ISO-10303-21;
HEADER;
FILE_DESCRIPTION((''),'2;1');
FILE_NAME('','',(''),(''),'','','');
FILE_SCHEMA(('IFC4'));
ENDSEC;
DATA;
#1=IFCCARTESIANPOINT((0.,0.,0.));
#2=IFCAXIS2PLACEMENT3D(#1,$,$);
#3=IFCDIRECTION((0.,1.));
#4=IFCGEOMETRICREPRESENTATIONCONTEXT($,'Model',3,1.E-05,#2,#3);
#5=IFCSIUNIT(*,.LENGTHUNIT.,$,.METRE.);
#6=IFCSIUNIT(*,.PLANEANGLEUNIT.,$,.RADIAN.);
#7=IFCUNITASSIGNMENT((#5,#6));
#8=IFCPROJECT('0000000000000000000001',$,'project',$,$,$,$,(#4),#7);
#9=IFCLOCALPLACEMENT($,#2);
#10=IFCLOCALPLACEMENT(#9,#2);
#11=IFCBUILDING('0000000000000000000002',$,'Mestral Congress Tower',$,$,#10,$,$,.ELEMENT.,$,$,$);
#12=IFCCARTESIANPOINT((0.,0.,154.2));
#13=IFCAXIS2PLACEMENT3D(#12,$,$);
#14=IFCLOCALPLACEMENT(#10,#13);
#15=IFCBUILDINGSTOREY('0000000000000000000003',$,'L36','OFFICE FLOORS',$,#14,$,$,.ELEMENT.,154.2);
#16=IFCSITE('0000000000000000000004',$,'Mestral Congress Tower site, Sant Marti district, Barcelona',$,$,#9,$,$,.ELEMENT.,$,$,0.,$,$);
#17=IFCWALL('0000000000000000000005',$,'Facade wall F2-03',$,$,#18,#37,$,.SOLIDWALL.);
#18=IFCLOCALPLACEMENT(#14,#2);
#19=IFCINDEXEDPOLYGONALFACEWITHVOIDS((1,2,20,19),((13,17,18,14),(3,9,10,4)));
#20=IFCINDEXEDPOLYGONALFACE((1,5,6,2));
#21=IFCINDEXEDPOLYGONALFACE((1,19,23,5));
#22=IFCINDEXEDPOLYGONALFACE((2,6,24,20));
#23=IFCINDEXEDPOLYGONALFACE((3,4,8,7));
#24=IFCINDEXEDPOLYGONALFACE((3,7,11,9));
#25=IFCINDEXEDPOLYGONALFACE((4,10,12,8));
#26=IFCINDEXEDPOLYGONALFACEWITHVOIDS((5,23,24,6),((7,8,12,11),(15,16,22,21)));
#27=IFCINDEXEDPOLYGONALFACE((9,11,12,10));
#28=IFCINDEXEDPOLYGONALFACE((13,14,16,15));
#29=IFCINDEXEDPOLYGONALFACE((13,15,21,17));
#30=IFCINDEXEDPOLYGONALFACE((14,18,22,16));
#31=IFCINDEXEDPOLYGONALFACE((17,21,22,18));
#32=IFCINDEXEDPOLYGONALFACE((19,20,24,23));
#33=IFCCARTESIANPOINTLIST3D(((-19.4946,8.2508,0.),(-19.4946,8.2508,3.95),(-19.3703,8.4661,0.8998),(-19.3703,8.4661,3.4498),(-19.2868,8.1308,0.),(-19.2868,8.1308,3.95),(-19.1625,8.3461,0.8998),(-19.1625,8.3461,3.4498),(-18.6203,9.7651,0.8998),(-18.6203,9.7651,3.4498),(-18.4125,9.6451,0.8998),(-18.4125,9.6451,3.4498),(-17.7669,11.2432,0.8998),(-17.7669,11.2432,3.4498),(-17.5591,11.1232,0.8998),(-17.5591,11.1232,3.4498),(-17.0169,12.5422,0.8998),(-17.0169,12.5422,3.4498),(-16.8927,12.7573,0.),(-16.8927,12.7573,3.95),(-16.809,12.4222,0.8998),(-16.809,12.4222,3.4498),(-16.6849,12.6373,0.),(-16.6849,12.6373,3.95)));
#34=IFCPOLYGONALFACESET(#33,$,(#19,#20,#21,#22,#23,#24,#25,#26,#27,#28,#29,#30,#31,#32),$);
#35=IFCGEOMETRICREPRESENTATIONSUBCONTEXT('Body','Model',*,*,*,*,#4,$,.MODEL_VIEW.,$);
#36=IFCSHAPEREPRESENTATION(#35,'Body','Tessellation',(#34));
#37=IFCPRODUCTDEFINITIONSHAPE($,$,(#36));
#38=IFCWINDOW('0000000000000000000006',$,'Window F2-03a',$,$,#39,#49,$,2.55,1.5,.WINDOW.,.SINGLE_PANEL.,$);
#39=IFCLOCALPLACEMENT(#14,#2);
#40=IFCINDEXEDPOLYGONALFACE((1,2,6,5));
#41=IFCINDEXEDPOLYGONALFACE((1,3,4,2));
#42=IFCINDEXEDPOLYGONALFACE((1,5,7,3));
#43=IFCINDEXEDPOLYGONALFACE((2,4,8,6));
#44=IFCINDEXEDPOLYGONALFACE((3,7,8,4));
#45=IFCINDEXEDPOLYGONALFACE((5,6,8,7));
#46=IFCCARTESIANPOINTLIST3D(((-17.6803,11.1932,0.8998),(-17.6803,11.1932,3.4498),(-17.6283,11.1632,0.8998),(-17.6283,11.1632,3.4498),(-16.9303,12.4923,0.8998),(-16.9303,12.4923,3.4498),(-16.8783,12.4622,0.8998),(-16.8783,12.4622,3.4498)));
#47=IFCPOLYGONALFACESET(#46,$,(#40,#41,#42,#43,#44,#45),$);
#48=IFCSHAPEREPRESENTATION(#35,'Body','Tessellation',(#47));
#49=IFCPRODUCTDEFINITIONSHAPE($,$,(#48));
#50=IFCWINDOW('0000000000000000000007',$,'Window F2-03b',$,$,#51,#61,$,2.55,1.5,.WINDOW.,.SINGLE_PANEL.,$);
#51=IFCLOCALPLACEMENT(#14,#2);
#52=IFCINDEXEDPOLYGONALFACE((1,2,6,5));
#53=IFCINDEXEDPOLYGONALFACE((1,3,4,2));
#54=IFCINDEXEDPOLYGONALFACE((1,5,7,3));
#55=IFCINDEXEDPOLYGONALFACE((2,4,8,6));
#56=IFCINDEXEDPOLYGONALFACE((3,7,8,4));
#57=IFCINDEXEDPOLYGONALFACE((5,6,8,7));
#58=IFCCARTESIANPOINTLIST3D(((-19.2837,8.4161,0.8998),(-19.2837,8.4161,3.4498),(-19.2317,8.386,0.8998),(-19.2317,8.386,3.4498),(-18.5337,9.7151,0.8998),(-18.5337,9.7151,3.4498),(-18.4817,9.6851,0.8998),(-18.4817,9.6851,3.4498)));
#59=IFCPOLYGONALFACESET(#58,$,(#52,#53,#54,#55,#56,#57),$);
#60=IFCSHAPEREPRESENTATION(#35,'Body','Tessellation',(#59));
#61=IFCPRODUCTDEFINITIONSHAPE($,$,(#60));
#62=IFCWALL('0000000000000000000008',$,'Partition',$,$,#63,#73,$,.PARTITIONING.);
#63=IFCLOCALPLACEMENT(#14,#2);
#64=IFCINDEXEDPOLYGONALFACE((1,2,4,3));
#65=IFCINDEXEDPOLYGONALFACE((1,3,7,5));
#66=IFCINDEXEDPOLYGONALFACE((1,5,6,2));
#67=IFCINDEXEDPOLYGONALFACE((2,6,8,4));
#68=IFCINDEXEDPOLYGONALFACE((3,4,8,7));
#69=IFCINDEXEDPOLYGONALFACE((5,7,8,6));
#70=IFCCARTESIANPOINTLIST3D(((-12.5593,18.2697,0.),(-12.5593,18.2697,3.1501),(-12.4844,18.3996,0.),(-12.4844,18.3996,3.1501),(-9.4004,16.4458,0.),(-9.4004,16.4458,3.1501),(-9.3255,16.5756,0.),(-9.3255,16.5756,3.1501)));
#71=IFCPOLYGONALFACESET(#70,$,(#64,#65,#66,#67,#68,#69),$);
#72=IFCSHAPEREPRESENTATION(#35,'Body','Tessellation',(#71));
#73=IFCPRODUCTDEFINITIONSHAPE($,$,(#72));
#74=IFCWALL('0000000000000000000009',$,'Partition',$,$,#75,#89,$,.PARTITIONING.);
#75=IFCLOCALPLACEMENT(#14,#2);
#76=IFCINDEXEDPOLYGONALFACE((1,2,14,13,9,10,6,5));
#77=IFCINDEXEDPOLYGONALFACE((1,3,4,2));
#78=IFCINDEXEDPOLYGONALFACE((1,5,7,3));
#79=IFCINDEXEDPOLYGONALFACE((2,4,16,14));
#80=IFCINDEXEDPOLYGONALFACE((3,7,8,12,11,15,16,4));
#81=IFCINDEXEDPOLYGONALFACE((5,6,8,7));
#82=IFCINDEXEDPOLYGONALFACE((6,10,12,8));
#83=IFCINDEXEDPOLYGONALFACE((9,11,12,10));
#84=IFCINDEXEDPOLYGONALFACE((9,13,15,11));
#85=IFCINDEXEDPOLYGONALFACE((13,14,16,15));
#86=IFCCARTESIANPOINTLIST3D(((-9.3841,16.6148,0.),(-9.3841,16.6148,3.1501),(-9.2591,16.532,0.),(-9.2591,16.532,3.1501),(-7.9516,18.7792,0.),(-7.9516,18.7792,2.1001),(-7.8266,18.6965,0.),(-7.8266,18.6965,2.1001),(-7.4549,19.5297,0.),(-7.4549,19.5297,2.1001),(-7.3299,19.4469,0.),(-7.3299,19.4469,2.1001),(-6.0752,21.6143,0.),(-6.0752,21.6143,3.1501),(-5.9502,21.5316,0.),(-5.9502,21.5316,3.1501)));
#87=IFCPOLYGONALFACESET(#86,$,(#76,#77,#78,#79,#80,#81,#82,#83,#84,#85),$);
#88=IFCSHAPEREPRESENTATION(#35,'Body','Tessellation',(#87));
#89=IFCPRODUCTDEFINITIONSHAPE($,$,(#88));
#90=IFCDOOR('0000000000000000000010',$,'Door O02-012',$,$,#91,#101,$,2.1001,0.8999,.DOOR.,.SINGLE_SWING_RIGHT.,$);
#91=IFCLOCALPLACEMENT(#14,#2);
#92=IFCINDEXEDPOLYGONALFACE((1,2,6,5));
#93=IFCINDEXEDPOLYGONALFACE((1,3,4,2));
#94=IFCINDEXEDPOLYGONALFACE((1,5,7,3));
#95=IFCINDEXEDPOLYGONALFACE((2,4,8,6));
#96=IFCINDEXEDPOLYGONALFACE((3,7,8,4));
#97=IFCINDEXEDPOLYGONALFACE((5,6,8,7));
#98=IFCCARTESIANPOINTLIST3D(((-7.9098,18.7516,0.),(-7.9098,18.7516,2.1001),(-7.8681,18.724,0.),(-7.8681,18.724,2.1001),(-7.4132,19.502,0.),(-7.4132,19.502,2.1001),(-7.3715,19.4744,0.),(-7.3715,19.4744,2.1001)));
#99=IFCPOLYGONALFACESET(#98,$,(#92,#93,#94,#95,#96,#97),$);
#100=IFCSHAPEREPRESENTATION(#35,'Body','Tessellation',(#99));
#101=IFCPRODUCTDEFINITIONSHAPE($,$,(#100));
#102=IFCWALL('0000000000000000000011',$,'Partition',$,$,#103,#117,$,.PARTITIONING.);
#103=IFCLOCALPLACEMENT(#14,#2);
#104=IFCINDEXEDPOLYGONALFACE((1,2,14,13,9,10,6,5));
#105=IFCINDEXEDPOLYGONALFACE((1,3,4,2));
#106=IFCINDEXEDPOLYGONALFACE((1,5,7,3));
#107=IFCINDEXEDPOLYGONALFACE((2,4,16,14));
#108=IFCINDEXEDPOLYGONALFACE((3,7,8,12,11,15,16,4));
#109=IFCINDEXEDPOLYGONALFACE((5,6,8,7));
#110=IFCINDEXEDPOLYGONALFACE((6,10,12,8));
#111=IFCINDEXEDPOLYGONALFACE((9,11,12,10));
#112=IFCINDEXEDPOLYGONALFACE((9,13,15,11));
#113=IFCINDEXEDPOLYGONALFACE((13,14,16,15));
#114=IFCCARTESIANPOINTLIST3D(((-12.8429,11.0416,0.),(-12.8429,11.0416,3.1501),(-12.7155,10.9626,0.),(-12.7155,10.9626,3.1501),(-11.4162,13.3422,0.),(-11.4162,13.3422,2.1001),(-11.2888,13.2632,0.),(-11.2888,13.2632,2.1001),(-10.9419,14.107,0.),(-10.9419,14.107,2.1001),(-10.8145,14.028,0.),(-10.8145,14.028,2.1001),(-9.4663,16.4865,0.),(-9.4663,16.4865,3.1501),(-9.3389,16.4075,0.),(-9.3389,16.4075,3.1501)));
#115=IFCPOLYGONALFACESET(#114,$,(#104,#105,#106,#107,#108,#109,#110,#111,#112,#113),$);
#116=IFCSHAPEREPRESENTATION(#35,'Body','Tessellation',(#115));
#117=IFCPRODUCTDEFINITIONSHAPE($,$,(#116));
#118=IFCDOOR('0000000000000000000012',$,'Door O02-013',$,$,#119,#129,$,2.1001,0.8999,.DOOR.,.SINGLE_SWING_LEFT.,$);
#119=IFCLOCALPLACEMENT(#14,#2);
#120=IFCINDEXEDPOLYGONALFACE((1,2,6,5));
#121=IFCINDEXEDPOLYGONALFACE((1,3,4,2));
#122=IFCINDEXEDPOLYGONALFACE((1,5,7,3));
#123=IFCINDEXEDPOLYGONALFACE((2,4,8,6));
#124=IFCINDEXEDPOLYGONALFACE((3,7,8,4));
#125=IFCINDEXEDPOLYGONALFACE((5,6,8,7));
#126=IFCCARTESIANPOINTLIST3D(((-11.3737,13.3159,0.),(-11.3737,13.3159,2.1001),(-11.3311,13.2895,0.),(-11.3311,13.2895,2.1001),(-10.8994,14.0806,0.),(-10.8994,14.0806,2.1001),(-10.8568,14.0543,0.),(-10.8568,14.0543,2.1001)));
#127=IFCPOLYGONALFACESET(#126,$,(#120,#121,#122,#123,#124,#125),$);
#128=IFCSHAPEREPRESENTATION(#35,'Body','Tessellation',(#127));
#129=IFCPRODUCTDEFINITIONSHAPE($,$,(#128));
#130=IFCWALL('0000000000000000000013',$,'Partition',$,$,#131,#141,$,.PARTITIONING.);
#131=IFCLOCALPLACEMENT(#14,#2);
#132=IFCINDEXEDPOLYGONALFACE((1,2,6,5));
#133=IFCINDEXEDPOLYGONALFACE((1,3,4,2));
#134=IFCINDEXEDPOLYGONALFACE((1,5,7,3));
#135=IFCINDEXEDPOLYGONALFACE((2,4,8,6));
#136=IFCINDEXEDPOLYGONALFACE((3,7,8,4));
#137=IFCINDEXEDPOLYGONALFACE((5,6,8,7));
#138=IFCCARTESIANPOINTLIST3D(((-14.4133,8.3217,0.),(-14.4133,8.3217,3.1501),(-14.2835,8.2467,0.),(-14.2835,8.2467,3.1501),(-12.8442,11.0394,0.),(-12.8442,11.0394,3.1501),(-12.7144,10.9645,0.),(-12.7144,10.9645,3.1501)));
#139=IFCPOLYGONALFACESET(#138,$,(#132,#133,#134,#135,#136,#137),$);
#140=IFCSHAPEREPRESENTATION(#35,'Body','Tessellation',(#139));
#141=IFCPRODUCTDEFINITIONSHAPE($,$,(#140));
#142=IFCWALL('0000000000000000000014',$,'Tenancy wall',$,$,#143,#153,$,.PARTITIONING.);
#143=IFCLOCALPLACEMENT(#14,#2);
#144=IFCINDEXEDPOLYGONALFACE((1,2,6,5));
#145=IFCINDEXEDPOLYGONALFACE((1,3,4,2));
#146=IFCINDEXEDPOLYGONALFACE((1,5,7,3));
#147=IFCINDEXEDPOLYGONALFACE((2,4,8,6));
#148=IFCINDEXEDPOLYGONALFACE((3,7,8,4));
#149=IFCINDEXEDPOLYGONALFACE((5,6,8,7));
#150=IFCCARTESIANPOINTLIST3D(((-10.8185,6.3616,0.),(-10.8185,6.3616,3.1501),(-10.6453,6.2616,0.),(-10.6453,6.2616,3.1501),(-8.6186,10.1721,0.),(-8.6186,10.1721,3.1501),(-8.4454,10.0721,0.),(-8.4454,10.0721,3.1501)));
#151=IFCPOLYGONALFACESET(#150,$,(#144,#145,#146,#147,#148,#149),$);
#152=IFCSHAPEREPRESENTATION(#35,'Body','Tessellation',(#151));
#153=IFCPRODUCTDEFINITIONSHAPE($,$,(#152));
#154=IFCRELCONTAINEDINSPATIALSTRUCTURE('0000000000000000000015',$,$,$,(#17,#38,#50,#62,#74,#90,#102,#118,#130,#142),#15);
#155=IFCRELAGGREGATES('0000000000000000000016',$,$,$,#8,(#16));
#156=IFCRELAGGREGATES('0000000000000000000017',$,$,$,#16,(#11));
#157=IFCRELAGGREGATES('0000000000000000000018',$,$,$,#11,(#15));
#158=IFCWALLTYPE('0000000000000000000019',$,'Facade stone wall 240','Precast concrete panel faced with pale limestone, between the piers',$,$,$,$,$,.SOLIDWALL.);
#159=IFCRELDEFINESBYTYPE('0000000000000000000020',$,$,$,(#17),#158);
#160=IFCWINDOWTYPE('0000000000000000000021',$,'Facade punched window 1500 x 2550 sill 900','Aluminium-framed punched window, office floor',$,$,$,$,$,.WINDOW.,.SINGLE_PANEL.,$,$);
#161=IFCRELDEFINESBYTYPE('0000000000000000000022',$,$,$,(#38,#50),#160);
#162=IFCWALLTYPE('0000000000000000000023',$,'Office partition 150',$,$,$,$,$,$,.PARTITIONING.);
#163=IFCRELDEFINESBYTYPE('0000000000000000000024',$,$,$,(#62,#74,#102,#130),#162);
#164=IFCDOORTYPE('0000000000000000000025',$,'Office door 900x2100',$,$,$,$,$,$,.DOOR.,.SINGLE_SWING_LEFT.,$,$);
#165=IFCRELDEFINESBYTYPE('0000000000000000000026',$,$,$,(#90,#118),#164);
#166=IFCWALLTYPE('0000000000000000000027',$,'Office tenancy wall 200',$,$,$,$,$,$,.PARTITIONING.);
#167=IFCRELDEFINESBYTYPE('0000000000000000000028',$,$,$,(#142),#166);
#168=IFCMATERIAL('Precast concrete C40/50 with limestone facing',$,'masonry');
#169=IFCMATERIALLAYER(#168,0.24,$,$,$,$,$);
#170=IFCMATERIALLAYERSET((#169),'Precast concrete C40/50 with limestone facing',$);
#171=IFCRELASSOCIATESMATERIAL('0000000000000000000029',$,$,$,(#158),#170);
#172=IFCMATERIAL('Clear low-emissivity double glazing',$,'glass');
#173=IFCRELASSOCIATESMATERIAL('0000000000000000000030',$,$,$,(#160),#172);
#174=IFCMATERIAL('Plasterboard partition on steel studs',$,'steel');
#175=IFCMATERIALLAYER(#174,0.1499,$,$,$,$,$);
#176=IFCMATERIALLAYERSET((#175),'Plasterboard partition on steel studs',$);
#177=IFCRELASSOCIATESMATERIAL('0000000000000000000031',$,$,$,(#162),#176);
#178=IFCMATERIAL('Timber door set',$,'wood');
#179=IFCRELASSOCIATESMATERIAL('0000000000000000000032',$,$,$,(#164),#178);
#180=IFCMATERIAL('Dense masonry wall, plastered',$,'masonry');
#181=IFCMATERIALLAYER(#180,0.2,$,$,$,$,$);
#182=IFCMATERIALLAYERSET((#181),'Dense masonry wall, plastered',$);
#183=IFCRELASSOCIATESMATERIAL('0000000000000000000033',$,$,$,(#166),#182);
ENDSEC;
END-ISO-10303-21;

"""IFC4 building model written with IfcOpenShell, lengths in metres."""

from ifc_helpers import new_model, si_unit, direction, frame, frame_2d, origin, place, context, subcontext, project, spatial, rectangle, extrude, material, layer, layer_set, type_object, element, fill, save


model = new_model("IFC4")

# Units and contexts
model_context = context("Model", 3, precision=1e-05, world=origin(), true_north=direction((0.0, 1.0)))
body_context = subcontext(model_context, "Body", "Model", "MODEL_VIEW")
ifc_project = project(units=[si_unit("LENGTHUNIT", "METRE"), si_unit("PLANEANGLEUNIT", "RADIAN")], contexts=[model_context])

# Site, building, storey
site_placement = place(None, origin())
site = spatial("IfcSite", under=ifc_project, at=site_placement, Name="Mestral Congress Tower site, Sant Marti district, Barcelona", CompositionType="ELEMENT", RefElevation=0.0)
building_placement = place(site_placement, origin())
building = spatial("IfcBuilding", under=site, at=building_placement, Name="Mestral Congress Tower", CompositionType="ELEMENT")
storey_placement = place(building_placement, frame((0.0, 0.0, 154.2)))
storey = spatial("IfcBuildingStorey", under=building, at=storey_placement, Name="L36", Description="OFFICE FLOORS", CompositionType="ELEMENT", Elevation=154.2)

# Wall, openings, windows
ifc_material_1 = material(Name="Precast concrete C40/50 with limestone facing", Category="masonry")
ifc_layer_1 = layer(ifc_material_1, 0.24)
ifc_layer_set_1 = layer_set([ifc_layer_1], Name="Precast concrete C40/50 with limestone facing")
wall_type_1 = type_object("IfcWallType", Name="Facade stone wall 240", Description="Precast concrete panel faced with pale limestone, between the piers", PredefinedType="SOLIDWALL", material=ifc_layer_set_1)
ifc_material_2 = material(Name="Clear low-emissivity double glazing", Category="glass")
window_type = type_object("IfcWindowType", Name="Facade punched window 1500 x 2550 sill 900", Description="Aluminium-framed punched window, office floor", PartitioningType="SINGLE_PANEL", PredefinedType="WINDOW", material=ifc_material_2)
wall_1_placement = place(storey_placement, frame((-16.7888, 12.6973, 0.0), z_axis=(0.0, 0.0, 1.0), x_axis=(-0.500009, -0.86602, 0.0)))
wall_1 = element("IfcWall", 1, at=wall_1_placement, inside=storey, type_object=wall_type_1, Name="Facade wall F2-03", PredefinedType="SOLIDWALL", context=body_context, shape_type="SweptSolid", body=[
    extrude(rectangle(XDim=5.2036, YDim=0.24, at=frame_2d((2.6018, 0.0))), origin(), (0.0, 0.0, 1.0), 3.95),
])
opening_1_placement = place(wall_1_placement, frame((0.2483, 0.0, 0.8999)))
opening_1 = element("IfcOpeningElement", 2, at=opening_1_placement, cuts=wall_1, PredefinedType="OPENING", context=body_context, shape_type="SweptSolid", body=[
    extrude(rectangle(XDim=1.5, YDim=2.55, at=frame_2d((0.75, 1.2749))), frame((0.0, 0.1299, 0.0), z_axis=(0.0, -1.0, 0.0), x_axis=(1.0, 0.0, 0.0)), (0.0, 0.0, 1.0), 0.26),
])
opening_2_placement = place(wall_1_placement, frame((3.4551, 0.0, 0.8999)))
opening_2 = element("IfcOpeningElement", 3, at=opening_2_placement, cuts=wall_1, PredefinedType="OPENING", context=body_context, shape_type="SweptSolid", body=[
    extrude(rectangle(XDim=1.5, YDim=2.55, at=frame_2d((0.75, 1.2749))), frame((0.0, 0.1299, 0.0), z_axis=(0.0, -1.0, 0.0), x_axis=(1.0, 0.0, 0.0)), (0.0, 0.0, 1.0), 0.26),
])
window_1_placement = place(opening_1_placement, origin())
window_1 = element("IfcWindow", 4, at=window_1_placement, inside=storey, type_object=window_type, Name="Window F2-03a", OverallHeight=2.55, OverallWidth=1.5, PartitioningType="SINGLE_PANEL", PredefinedType="WINDOW", context=body_context, shape_type="SweptSolid", body=[
    extrude(rectangle(XDim=1.5, YDim=2.55, at=frame_2d((0.75, 1.2749))), frame((0.0, 0.04, 0.0), z_axis=(0.0, -1.0, 0.0), x_axis=(1.0, 0.0, 0.0)), (0.0, 0.0, 1.0), 0.0601),
])
fill(opening_1, window_1)
window_2_placement = place(opening_2_placement, origin())
window_2 = element("IfcWindow", 5, at=window_2_placement, inside=storey, type_object=window_type, Name="Window F2-03b", OverallHeight=2.55, OverallWidth=1.5, PartitioningType="SINGLE_PANEL", PredefinedType="WINDOW", context=body_context, shape_type="SweptSolid", body=[
    extrude(rectangle(XDim=1.5, YDim=2.55, at=frame_2d((0.75, 1.2749))), frame((0.0, 0.04, 0.0), z_axis=(0.0, -1.0, 0.0), x_axis=(1.0, 0.0, 0.0)), (0.0, 0.0, 1.0), 0.0601),
])
fill(opening_2, window_2)

# Wall
ifc_material_3 = material(Name="Plasterboard partition on steel studs", Category="steel")
ifc_layer_2 = layer(ifc_material_3, 0.1499)
ifc_layer_set_2 = layer_set([ifc_layer_2], Name="Plasterboard partition on steel studs")
wall_type_2 = type_object("IfcWallType", Name="Office partition 150", PredefinedType="PARTITIONING", material=ifc_layer_set_2)
wall_2_placement = place(storey_placement, frame((-9.363, 16.5107, 0.0), z_axis=(0.0, 0.0, 1.0), x_axis=(-0.866006, 0.500033, 0.0)))
element("IfcWall", 6, at=wall_2_placement, inside=storey, type_object=wall_type_2, Name="Partition", PredefinedType="PARTITIONING", context=body_context, shape_type="SweptSolid", body=[
    extrude(rectangle(XDim=3.6477, YDim=0.1499, at=frame_2d((1.8237, 0.0))), origin(), (0.0, 0.0, 1.0), 3.1501),
])

# Walls, openings, doors
wall_3_placement = place(storey_placement, frame((-9.3215, 16.5735, 0.0), z_axis=(0.0, 0.0, 1.0), x_axis=(0.551906, 0.833906, 0.0)))
wall_3 = element("IfcWall", 7, at=wall_3_placement, inside=storey, type_object=wall_type_2, Name="Partition", PredefinedType="PARTITIONING", context=body_context, shape_type="SweptSolid", body=[
    extrude(rectangle(XDim=5.9954, YDim=0.1499, at=frame_2d((2.9976, 0.0))), origin(), (0.0, 0.0, 1.0), 3.1501),
])
opening_3_placement = place(wall_3_placement, frame((2.5955, 0.0, 0.0)))
opening_3 = element("IfcOpeningElement", 8, at=opening_3_placement, cuts=wall_3, PredefinedType="OPENING", context=body_context, shape_type="SweptSolid", body=[
    extrude(rectangle(XDim=0.8999, YDim=2.1001, at=frame_2d((0.45, 1.05))), frame((0.0, 0.085, 0.0), z_axis=(0.0, -1.0, 0.0), x_axis=(1.0, 0.0, 0.0)), (0.0, 0.0, 1.0), 0.1699),
])
ifc_material_4 = material(Name="Timber door set", Category="wood")
door_type_1 = type_object("IfcDoorType", Name="Office door 900x2100", OperationType="SINGLE_SWING_LEFT", PredefinedType="DOOR", material=ifc_material_4)
door_1_placement = place(opening_3_placement, origin())
door_1 = element("IfcDoor", 9, at=door_1_placement, inside=storey, type_object=door_type_1, Name="Door O02-012", OperationType="SINGLE_SWING_RIGHT", OverallHeight=2.1001, OverallWidth=0.8999, PredefinedType="DOOR", context=body_context, shape_type="SweptSolid", body=[
    extrude(rectangle(XDim=0.8999, YDim=2.1001, at=frame_2d((0.45, 1.05))), frame((0.0, 0.0249, 0.0), z_axis=(0.0, -1.0, 0.0), x_axis=(1.0, 0.0, 0.0)), (0.0, 0.0, 1.0), 0.05),
])
fill(opening_3, door_1)
wall_4_placement = place(storey_placement, frame((-12.7793, 11.002, 0.0), z_axis=(0.0, 0.0, 1.0), x_axis=(0.527026, 0.849849, 0.0)))
wall_4 = element("IfcWall", 10, at=wall_4_placement, inside=storey, type_object=wall_type_2, Name="Partition", PredefinedType="PARTITIONING", context=body_context, shape_type="SweptSolid", body=[
    extrude(rectangle(XDim=6.407, YDim=0.1499, at=frame_2d((3.2036, 0.0))), origin(), (0.0, 0.0, 1.0), 3.1501),
])
opening_4_placement = place(wall_4_placement, frame((2.7073, 0.0, 0.0)))
opening_4 = element("IfcOpeningElement", 11, at=opening_4_placement, cuts=wall_4, PredefinedType="OPENING", context=body_context, shape_type="SweptSolid", body=[
    extrude(rectangle(XDim=0.8999, YDim=2.1001, at=frame_2d((0.45, 1.05))), frame((0.0, 0.085, 0.0), z_axis=(0.0, -1.0, 0.0), x_axis=(1.0, 0.0, 0.0)), (0.0, 0.0, 1.0), 0.1699),
])
door_2_placement = place(opening_4_placement, origin())
door_2 = element("IfcDoor", 12, at=door_2_placement, inside=storey, type_object=door_type_1, Name="Door O02-013", OperationType="SINGLE_SWING_LEFT", OverallHeight=2.1001, OverallWidth=0.8999, PredefinedType="DOOR", context=body_context, shape_type="SweptSolid", body=[
    extrude(rectangle(XDim=0.8999, YDim=2.1001, at=frame_2d((0.45, 1.05))), frame((0.0, 0.0249, 0.0), z_axis=(0.0, -1.0, 0.0), x_axis=(1.0, 0.0, 0.0)), (0.0, 0.0, 1.0), 0.05),
])
fill(opening_4, door_2)

# Walls
wall_5_placement = place(storey_placement, frame((-12.7793, 11.002, 0.0), z_axis=(0.0, 0.0, 1.0), x_axis=(-0.499996, -0.866028, 0.0)))
element("IfcWall", 13, at=wall_5_placement, inside=storey, type_object=wall_type_2, Name="Partition", PredefinedType="PARTITIONING", context=body_context, shape_type="SweptSolid", body=[
    extrude(rectangle(XDim=3.1382, YDim=0.1499, at=frame_2d((1.5691, 0.0))), origin(), (0.0, 0.0, 1.0), 3.1501),
])
ifc_material_5 = material(Name="Dense masonry wall, plastered", Category="masonry")
ifc_layer_3 = layer(ifc_material_5, 0.2)
ifc_layer_set_3 = layer_set([ifc_layer_3], Name="Dense masonry wall, plastered")
wall_type_3 = type_object("IfcWallType", Name="Office tenancy wall 200", PredefinedType="PARTITIONING", material=ifc_layer_set_3)
wall_6_placement = place(storey_placement, frame((-8.532, 10.1221, 0.0), z_axis=(0.0, 0.0, 1.0), x_axis=(-0.499988, -0.866032, 0.0)))
element("IfcWall", 14, at=wall_6_placement, inside=storey, type_object=wall_type_3, Name="Tenancy wall", PredefinedType="PARTITIONING", context=body_context, shape_type="SweptSolid", body=[
    extrude(rectangle(XDim=4.3999, YDim=0.2, at=frame_2d((2.2, 0.0))), origin(), (0.0, 0.0, 1.0), 3.1501),
])

save(model, "model.ifc")
